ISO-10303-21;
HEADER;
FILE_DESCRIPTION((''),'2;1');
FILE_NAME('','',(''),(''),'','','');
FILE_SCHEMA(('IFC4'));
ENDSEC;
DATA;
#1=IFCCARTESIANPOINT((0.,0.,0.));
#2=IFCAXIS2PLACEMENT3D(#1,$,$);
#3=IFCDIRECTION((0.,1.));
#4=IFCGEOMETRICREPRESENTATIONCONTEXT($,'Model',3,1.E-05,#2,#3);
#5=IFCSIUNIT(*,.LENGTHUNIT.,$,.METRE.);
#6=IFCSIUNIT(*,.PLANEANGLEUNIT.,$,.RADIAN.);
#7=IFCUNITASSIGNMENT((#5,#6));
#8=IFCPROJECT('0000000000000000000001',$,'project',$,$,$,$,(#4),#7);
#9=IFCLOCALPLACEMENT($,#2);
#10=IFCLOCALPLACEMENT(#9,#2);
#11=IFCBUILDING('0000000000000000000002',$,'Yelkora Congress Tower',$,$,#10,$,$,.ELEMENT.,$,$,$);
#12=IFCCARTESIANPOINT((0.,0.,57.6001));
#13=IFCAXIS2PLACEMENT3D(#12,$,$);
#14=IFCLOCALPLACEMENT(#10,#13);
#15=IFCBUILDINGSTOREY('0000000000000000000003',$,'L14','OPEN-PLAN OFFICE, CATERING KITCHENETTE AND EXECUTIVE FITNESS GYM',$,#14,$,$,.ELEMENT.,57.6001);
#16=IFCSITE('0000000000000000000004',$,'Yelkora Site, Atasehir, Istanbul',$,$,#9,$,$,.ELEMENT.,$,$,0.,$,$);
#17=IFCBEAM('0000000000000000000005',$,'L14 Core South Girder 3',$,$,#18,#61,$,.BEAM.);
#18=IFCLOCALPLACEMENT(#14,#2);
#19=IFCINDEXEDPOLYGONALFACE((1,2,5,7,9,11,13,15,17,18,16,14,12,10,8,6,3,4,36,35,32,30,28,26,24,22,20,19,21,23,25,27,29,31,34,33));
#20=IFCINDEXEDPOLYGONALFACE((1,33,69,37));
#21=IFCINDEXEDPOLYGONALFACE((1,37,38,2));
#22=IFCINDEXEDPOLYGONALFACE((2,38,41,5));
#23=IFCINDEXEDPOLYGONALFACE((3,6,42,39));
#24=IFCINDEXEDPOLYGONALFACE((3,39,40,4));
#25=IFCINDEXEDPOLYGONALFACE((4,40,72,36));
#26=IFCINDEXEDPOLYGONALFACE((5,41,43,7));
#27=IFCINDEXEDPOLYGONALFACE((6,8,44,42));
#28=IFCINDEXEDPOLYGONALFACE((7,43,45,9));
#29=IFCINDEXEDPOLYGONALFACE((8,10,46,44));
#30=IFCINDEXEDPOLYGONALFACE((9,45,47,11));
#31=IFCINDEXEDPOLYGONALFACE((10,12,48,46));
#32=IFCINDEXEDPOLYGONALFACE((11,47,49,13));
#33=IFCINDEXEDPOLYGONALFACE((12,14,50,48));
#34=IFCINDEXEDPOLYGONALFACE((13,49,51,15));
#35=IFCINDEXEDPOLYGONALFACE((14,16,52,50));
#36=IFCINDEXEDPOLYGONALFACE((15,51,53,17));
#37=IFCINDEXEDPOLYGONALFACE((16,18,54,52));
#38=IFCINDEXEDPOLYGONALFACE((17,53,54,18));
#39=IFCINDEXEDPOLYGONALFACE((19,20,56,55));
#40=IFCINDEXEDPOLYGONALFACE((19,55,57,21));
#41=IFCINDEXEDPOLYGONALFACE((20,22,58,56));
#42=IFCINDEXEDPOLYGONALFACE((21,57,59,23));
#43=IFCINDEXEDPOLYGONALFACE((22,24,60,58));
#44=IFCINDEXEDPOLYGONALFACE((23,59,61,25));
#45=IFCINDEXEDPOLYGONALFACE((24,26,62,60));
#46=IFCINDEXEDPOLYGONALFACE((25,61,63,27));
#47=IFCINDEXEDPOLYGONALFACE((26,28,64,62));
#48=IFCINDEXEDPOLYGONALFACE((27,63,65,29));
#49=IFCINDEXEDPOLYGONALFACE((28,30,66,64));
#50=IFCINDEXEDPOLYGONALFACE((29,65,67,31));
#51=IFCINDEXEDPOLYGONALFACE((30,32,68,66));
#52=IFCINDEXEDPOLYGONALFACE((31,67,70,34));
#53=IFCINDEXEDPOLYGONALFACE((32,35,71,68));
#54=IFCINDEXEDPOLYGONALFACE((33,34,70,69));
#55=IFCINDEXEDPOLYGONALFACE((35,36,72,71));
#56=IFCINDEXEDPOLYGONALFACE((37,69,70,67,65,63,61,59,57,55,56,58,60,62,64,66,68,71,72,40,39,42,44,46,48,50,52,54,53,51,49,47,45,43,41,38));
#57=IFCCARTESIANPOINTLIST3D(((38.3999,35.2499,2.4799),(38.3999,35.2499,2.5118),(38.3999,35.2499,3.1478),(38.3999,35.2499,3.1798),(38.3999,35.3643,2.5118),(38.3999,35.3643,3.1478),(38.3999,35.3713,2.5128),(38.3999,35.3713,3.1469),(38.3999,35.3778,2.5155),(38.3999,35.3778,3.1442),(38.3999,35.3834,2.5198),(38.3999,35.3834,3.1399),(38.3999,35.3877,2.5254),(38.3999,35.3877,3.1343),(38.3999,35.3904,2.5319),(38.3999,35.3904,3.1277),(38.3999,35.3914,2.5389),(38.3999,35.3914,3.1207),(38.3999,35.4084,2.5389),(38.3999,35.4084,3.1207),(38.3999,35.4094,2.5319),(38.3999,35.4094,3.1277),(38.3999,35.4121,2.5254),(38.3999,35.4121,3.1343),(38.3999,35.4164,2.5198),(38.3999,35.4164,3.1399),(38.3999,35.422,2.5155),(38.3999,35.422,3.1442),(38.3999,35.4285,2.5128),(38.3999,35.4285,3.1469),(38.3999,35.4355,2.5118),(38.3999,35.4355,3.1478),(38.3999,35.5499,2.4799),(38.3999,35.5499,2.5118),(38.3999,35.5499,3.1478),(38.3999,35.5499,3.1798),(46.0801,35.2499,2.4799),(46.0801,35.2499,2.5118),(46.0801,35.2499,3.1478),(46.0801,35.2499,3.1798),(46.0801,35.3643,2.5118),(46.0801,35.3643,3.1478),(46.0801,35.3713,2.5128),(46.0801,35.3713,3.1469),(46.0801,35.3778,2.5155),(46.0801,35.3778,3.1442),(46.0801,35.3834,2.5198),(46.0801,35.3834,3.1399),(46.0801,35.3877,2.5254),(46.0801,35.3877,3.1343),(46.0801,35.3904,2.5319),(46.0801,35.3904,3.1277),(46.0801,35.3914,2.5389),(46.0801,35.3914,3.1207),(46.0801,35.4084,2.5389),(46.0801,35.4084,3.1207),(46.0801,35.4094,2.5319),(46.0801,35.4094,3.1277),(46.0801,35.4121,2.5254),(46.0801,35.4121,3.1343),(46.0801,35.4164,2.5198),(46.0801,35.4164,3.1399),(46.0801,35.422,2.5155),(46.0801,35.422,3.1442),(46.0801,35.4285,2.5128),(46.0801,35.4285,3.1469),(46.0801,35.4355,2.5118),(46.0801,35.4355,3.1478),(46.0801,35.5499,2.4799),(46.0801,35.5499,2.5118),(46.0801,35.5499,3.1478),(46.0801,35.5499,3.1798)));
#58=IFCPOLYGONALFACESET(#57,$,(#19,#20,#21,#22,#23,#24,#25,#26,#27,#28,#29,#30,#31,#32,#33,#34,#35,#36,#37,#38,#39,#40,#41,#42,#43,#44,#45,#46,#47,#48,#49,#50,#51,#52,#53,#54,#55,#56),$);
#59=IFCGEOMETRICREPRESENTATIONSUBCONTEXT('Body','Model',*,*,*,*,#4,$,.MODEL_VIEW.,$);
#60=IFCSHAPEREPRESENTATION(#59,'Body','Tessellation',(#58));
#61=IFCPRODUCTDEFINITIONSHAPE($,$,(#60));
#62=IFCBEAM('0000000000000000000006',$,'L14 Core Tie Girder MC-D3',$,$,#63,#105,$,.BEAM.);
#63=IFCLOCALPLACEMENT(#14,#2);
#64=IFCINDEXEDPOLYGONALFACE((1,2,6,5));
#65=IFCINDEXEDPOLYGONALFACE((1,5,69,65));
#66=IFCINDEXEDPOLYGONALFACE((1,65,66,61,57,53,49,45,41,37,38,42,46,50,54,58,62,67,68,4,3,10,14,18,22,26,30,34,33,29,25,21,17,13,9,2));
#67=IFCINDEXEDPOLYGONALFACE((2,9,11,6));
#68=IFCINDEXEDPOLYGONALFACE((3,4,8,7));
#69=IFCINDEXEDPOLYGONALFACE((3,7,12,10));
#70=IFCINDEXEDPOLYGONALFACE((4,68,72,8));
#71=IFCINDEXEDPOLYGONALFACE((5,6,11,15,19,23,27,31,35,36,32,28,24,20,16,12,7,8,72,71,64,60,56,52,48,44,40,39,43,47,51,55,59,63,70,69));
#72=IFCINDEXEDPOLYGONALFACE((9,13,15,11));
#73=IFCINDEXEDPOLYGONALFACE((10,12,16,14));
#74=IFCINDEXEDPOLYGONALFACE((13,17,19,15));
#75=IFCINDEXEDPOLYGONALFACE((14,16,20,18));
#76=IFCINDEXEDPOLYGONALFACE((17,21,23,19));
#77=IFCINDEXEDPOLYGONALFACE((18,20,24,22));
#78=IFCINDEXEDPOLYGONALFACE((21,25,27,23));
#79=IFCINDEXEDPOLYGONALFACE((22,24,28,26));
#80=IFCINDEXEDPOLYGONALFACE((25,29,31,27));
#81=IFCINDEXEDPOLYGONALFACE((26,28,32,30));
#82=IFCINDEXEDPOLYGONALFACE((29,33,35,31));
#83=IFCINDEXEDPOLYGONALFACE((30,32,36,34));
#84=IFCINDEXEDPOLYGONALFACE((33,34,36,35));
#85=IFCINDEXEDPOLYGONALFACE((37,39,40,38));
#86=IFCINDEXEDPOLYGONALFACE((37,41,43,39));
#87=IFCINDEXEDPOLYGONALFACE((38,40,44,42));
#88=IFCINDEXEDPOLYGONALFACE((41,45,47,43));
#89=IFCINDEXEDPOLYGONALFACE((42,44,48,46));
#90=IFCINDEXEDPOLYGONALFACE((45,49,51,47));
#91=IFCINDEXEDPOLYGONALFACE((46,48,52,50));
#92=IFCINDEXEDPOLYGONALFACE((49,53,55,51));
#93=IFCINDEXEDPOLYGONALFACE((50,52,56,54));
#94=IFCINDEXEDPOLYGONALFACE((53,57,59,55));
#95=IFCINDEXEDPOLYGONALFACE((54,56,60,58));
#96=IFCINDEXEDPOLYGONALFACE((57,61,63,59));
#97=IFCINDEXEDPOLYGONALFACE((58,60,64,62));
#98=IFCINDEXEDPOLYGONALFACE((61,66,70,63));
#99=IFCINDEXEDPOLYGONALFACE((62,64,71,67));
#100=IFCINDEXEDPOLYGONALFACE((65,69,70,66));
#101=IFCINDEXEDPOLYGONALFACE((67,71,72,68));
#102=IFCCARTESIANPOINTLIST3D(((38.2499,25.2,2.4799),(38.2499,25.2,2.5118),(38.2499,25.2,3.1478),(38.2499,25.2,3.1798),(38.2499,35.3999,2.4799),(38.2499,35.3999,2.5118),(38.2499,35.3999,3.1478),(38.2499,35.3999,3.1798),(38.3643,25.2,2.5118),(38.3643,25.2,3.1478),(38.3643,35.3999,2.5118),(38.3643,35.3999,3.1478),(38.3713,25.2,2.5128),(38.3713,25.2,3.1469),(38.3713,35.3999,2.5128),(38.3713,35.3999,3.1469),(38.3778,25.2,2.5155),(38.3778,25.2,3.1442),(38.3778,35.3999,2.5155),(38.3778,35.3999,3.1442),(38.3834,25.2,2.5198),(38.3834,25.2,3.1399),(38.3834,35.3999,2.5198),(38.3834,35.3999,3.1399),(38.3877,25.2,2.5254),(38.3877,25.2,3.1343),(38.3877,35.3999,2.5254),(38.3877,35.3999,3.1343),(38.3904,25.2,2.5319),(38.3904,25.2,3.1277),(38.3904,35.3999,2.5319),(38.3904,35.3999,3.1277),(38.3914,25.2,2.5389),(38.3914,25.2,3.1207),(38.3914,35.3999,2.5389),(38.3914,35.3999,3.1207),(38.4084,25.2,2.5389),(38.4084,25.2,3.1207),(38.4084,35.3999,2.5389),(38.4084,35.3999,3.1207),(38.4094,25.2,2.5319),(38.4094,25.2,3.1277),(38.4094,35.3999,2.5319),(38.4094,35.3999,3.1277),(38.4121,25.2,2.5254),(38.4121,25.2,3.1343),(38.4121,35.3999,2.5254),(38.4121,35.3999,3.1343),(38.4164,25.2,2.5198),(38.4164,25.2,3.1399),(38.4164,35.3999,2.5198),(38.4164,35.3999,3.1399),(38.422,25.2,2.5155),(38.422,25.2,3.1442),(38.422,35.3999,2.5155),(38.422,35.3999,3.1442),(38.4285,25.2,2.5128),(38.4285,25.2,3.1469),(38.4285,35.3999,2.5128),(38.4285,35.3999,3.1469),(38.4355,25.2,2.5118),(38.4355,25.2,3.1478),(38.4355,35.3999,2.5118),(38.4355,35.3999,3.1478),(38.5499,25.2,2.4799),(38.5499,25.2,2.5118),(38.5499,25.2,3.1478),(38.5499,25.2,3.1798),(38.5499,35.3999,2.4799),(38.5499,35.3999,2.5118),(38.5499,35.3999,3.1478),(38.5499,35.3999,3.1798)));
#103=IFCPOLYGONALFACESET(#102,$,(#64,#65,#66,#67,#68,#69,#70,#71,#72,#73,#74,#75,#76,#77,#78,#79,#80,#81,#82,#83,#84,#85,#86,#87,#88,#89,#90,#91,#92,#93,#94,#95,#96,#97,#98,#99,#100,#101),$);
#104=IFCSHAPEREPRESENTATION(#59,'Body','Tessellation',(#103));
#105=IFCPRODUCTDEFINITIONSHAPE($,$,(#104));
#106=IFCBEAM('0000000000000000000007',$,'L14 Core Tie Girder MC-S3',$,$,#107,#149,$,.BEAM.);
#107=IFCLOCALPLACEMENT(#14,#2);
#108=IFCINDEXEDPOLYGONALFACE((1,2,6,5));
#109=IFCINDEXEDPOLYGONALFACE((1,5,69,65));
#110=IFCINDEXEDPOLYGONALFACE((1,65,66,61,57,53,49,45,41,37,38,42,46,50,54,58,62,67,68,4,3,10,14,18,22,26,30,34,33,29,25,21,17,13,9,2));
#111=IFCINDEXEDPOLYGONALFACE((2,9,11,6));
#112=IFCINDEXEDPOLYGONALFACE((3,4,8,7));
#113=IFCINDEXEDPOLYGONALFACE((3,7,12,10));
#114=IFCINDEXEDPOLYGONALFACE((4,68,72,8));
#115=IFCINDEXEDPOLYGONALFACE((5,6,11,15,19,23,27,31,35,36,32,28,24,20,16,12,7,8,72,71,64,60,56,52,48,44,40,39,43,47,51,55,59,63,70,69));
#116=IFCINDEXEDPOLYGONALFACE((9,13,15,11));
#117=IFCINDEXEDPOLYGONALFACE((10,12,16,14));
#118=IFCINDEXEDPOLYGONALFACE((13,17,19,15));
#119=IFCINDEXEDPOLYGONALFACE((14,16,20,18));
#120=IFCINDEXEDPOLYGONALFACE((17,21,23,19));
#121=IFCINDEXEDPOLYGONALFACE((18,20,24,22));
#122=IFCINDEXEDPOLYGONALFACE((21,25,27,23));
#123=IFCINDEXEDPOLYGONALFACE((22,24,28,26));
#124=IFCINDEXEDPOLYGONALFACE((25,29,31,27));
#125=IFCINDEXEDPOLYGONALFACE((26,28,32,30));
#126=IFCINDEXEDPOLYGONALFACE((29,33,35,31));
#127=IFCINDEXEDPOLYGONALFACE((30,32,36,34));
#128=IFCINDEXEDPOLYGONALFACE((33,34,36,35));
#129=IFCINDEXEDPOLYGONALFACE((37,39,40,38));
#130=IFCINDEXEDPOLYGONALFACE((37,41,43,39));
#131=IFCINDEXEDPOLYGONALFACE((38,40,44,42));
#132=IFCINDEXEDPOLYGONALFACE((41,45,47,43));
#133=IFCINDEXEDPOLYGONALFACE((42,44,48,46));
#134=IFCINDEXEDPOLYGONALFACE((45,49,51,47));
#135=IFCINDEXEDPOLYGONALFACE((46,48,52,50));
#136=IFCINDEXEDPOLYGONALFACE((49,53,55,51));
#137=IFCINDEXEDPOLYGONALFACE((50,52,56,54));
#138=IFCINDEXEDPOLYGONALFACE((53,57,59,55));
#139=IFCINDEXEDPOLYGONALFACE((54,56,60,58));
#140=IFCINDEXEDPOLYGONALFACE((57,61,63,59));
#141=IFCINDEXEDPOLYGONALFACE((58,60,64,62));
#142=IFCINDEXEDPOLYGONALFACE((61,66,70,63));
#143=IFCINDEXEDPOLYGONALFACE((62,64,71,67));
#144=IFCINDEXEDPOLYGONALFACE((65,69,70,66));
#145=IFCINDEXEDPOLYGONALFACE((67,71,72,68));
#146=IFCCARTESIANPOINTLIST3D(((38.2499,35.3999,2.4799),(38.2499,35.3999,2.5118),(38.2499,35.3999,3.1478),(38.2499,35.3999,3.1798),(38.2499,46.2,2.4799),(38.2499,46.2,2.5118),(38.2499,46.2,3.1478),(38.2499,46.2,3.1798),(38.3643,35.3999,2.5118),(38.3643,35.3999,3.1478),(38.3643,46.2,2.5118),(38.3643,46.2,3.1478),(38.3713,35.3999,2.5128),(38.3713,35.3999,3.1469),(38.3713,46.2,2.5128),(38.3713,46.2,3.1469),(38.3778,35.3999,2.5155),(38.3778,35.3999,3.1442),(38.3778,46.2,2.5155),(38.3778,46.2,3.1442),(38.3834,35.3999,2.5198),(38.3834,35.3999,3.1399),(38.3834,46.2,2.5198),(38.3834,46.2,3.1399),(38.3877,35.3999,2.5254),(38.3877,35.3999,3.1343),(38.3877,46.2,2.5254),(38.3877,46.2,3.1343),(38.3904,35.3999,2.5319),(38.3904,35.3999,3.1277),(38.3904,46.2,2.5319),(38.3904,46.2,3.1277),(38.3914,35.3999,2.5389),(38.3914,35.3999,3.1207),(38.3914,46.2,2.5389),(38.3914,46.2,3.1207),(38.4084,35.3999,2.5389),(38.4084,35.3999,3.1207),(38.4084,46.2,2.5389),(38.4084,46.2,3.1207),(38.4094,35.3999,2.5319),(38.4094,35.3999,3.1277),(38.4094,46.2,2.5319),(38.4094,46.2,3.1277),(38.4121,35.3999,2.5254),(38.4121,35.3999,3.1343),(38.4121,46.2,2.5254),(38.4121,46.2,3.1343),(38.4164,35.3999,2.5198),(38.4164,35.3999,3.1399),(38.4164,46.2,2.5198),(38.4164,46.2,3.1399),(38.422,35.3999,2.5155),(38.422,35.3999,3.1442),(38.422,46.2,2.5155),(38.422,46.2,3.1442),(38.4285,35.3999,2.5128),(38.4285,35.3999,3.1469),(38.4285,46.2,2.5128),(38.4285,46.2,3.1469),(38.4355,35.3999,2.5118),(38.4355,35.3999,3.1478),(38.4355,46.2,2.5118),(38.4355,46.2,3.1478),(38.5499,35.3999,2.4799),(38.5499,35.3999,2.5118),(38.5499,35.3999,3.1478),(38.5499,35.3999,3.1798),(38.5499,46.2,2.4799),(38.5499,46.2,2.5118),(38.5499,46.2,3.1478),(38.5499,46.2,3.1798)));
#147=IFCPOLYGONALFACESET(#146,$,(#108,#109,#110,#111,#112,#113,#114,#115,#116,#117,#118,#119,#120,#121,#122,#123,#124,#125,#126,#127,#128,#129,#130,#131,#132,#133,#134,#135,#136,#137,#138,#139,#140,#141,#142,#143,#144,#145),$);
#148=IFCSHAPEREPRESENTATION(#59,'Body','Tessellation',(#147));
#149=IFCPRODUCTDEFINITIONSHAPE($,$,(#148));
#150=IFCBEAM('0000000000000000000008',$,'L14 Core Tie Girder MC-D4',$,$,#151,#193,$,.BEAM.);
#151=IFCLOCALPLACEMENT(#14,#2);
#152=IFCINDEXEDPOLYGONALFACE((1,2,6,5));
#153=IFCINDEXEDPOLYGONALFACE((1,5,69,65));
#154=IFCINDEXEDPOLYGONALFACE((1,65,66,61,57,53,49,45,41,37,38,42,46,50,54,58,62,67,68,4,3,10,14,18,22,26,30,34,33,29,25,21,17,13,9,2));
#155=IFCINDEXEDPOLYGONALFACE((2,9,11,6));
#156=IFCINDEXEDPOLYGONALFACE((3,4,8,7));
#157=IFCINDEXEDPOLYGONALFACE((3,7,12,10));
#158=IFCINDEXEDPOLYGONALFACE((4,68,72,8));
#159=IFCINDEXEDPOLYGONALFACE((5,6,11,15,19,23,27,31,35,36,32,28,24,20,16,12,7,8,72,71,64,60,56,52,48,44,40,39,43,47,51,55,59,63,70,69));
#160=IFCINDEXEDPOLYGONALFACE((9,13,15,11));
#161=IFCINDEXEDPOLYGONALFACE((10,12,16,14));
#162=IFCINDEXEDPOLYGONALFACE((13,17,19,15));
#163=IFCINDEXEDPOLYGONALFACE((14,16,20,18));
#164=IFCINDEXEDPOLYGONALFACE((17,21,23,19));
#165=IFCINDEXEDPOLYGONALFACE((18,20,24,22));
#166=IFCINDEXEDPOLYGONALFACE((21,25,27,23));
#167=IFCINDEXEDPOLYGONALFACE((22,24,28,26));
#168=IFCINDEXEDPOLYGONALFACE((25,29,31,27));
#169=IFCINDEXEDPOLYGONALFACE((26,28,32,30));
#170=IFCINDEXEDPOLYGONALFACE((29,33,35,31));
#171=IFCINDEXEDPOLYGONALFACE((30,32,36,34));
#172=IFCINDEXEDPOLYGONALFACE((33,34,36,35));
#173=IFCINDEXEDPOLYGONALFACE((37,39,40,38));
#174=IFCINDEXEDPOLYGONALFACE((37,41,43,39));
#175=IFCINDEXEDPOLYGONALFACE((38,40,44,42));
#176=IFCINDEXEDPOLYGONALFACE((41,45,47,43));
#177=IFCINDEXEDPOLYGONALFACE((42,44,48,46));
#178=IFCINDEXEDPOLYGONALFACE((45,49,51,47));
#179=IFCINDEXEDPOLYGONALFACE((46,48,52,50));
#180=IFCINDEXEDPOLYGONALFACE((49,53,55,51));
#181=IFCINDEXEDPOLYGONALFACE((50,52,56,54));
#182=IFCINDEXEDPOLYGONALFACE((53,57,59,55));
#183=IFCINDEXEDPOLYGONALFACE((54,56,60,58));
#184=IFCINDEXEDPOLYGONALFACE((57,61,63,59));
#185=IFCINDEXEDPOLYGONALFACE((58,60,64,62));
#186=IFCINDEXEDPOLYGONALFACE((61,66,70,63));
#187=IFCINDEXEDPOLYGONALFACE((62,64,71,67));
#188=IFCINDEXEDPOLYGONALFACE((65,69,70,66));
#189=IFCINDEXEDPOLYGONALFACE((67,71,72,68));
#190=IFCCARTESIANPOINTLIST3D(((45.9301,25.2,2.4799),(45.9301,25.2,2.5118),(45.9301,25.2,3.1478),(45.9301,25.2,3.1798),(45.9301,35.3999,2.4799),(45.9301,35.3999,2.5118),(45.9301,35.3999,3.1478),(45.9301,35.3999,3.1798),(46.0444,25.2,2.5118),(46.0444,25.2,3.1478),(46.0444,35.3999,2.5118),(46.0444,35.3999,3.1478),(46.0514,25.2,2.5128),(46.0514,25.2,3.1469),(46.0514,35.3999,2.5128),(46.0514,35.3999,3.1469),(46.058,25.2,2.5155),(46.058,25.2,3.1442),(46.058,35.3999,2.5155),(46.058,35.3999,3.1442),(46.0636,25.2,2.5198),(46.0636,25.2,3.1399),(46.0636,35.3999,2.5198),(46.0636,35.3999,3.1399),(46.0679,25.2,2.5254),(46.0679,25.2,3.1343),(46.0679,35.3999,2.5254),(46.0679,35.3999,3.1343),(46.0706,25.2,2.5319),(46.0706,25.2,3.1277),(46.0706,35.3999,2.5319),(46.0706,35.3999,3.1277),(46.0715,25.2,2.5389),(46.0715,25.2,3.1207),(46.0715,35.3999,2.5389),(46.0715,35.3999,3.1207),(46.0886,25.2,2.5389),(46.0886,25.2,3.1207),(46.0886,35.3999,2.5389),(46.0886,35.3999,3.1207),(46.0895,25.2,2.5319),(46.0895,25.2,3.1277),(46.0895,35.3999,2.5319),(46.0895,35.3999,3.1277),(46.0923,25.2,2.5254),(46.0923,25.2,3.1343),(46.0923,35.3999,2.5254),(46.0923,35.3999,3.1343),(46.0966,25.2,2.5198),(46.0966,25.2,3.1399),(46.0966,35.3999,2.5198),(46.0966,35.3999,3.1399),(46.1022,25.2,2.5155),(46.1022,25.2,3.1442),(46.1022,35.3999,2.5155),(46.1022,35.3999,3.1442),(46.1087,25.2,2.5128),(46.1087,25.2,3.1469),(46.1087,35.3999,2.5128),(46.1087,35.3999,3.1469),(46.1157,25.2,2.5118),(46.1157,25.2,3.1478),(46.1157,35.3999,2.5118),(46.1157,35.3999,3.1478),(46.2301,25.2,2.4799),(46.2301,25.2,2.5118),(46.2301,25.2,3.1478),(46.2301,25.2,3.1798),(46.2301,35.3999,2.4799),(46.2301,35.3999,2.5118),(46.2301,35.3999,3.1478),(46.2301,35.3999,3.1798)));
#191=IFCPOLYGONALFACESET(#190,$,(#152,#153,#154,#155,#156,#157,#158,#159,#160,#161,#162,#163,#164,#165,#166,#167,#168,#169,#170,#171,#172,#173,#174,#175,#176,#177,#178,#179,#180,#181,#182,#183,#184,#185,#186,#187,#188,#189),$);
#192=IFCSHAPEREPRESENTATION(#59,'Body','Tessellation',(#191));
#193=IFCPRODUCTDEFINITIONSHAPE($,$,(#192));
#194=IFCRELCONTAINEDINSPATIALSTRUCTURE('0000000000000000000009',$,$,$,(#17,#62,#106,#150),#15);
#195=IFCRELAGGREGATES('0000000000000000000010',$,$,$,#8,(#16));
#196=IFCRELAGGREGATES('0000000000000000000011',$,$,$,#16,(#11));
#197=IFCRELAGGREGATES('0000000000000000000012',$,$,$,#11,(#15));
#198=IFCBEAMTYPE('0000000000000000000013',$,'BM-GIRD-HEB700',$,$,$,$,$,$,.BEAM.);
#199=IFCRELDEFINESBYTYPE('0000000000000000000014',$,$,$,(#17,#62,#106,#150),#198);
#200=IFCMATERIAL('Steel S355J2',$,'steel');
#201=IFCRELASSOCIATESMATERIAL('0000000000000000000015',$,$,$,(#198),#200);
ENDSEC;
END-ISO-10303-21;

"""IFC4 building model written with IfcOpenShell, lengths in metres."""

from ifc_helpers import new_model, si_unit, direction, frame, origin, origin_2d, place, context, subcontext, project, spatial, i_section, extrude, material, material_profile, profile_set, type_object, element, save


model = new_model("IFC4")

# Units and contexts
model_context = context("Model", 3, precision=1e-05, world=origin(), true_north=direction((0.0, 1.0)))
body_context = subcontext(model_context, "Body", "Model", "MODEL_VIEW")
ifc_project = project(units=[si_unit("LENGTHUNIT", "METRE"), si_unit("PLANEANGLEUNIT", "RADIAN")], contexts=[model_context])

# Site, building, storey
site_placement = place(None, origin())
site = spatial("IfcSite", under=ifc_project, at=site_placement, Name="Yelkora Site, Atasehir, Istanbul", CompositionType="ELEMENT", RefElevation=0.0)
building_placement = place(site_placement, origin())
building = spatial("IfcBuilding", under=site, at=building_placement, Name="Yelkora Congress Tower", CompositionType="ELEMENT")
storey_placement = place(building_placement, frame((0.0, 0.0, 57.6001)))
storey = spatial("IfcBuildingStorey", under=building, at=storey_placement, Name="L14", Description="OPEN-PLAN OFFICE, CATERING KITCHENETTE AND EXECUTIVE FITNESS GYM", CompositionType="ELEMENT", Elevation=57.6001)

# Beams
ifc_material_1 = material(Name="Steel S355J2", Category="steel")
ifc_material_profile_1 = material_profile(ifc_material_1, i_section(OverallWidth=0.3, OverallDepth=0.7, WebThickness=0.0171, FlangeThickness=0.032, FilletRadius=0.0271, at=origin_2d()), Name="HEB 700")
ifc_profile_set_1 = profile_set([ifc_material_profile_1], Name="Steel S355J2")
beam_type_1 = type_object("IfcBeamType", Name="BM-GIRD-HEB700", PredefinedType="BEAM", material=ifc_profile_set_1)
beam_1_placement = place(storey_placement, frame((38.3999, 35.3999, 2.8298), z_axis=(1.0, 0.0, 0.0), x_axis=(0.0, 1.0, 0.0)))
element("IfcBeam", 1, at=beam_1_placement, inside=storey, type_object=beam_type_1, Name="L14 Core South Girder 3", PredefinedType="BEAM", context=body_context, shape_type="SweptSolid", body=[
    extrude(i_section(OverallWidth=0.3, OverallDepth=0.7, WebThickness=0.0171, FlangeThickness=0.032, FilletRadius=0.0271, at=origin_2d()), origin(), (0.0, 0.0, 1.0), 7.6802),
])
beam_2_placement = place(storey_placement, frame((38.3999, 25.2, 2.8298), z_axis=(0.0, 1.0, 0.0), x_axis=(-1.0, 0.0, 0.0)))
element("IfcBeam", 2, at=beam_2_placement, inside=storey, type_object=beam_type_1, Name="L14 Core Tie Girder MC-D3", PredefinedType="BEAM", context=body_context, shape_type="SweptSolid", body=[
    extrude(i_section(OverallWidth=0.3, OverallDepth=0.7, WebThickness=0.0171, FlangeThickness=0.032, FilletRadius=0.0271, at=origin_2d()), origin(), (0.0, 0.0, 1.0), 10.2),
])
beam_3_placement = place(storey_placement, frame((38.3999, 35.3999, 2.8298), z_axis=(0.0, 1.0, 0.0), x_axis=(-1.0, 0.0, 0.0)))
element("IfcBeam", 3, at=beam_3_placement, inside=storey, type_object=beam_type_1, Name="L14 Core Tie Girder MC-S3", PredefinedType="BEAM", context=body_context, shape_type="SweptSolid", body=[
    extrude(i_section(OverallWidth=0.3, OverallDepth=0.7, WebThickness=0.0171, FlangeThickness=0.032, FilletRadius=0.0271, at=origin_2d()), origin(), (0.0, 0.0, 1.0), 10.8),
])
for number, where, z_axis, x_axis, name in (
    (4, (46.0801, 25.2, 2.8298), (0.0, 1.0, 0.0), (-1.0, 0.0, 0.0), "L14 Core Tie Girder MC-D4"),
):
    element("IfcBeam", number, at=place(storey_placement, frame(where, z_axis=z_axis, x_axis=x_axis)), inside=storey, type_object=beam_type_1, Name=name, PredefinedType="BEAM", context=body_context, shape_type="SweptSolid", body=[
        extrude(i_section(OverallWidth=0.3, OverallDepth=0.7, WebThickness=0.0171, FlangeThickness=0.032, FilletRadius=0.0271, at=origin_2d()), origin(), (0.0, 0.0, 1.0), 10.2),
    ])

save(model, "model.ifc")
